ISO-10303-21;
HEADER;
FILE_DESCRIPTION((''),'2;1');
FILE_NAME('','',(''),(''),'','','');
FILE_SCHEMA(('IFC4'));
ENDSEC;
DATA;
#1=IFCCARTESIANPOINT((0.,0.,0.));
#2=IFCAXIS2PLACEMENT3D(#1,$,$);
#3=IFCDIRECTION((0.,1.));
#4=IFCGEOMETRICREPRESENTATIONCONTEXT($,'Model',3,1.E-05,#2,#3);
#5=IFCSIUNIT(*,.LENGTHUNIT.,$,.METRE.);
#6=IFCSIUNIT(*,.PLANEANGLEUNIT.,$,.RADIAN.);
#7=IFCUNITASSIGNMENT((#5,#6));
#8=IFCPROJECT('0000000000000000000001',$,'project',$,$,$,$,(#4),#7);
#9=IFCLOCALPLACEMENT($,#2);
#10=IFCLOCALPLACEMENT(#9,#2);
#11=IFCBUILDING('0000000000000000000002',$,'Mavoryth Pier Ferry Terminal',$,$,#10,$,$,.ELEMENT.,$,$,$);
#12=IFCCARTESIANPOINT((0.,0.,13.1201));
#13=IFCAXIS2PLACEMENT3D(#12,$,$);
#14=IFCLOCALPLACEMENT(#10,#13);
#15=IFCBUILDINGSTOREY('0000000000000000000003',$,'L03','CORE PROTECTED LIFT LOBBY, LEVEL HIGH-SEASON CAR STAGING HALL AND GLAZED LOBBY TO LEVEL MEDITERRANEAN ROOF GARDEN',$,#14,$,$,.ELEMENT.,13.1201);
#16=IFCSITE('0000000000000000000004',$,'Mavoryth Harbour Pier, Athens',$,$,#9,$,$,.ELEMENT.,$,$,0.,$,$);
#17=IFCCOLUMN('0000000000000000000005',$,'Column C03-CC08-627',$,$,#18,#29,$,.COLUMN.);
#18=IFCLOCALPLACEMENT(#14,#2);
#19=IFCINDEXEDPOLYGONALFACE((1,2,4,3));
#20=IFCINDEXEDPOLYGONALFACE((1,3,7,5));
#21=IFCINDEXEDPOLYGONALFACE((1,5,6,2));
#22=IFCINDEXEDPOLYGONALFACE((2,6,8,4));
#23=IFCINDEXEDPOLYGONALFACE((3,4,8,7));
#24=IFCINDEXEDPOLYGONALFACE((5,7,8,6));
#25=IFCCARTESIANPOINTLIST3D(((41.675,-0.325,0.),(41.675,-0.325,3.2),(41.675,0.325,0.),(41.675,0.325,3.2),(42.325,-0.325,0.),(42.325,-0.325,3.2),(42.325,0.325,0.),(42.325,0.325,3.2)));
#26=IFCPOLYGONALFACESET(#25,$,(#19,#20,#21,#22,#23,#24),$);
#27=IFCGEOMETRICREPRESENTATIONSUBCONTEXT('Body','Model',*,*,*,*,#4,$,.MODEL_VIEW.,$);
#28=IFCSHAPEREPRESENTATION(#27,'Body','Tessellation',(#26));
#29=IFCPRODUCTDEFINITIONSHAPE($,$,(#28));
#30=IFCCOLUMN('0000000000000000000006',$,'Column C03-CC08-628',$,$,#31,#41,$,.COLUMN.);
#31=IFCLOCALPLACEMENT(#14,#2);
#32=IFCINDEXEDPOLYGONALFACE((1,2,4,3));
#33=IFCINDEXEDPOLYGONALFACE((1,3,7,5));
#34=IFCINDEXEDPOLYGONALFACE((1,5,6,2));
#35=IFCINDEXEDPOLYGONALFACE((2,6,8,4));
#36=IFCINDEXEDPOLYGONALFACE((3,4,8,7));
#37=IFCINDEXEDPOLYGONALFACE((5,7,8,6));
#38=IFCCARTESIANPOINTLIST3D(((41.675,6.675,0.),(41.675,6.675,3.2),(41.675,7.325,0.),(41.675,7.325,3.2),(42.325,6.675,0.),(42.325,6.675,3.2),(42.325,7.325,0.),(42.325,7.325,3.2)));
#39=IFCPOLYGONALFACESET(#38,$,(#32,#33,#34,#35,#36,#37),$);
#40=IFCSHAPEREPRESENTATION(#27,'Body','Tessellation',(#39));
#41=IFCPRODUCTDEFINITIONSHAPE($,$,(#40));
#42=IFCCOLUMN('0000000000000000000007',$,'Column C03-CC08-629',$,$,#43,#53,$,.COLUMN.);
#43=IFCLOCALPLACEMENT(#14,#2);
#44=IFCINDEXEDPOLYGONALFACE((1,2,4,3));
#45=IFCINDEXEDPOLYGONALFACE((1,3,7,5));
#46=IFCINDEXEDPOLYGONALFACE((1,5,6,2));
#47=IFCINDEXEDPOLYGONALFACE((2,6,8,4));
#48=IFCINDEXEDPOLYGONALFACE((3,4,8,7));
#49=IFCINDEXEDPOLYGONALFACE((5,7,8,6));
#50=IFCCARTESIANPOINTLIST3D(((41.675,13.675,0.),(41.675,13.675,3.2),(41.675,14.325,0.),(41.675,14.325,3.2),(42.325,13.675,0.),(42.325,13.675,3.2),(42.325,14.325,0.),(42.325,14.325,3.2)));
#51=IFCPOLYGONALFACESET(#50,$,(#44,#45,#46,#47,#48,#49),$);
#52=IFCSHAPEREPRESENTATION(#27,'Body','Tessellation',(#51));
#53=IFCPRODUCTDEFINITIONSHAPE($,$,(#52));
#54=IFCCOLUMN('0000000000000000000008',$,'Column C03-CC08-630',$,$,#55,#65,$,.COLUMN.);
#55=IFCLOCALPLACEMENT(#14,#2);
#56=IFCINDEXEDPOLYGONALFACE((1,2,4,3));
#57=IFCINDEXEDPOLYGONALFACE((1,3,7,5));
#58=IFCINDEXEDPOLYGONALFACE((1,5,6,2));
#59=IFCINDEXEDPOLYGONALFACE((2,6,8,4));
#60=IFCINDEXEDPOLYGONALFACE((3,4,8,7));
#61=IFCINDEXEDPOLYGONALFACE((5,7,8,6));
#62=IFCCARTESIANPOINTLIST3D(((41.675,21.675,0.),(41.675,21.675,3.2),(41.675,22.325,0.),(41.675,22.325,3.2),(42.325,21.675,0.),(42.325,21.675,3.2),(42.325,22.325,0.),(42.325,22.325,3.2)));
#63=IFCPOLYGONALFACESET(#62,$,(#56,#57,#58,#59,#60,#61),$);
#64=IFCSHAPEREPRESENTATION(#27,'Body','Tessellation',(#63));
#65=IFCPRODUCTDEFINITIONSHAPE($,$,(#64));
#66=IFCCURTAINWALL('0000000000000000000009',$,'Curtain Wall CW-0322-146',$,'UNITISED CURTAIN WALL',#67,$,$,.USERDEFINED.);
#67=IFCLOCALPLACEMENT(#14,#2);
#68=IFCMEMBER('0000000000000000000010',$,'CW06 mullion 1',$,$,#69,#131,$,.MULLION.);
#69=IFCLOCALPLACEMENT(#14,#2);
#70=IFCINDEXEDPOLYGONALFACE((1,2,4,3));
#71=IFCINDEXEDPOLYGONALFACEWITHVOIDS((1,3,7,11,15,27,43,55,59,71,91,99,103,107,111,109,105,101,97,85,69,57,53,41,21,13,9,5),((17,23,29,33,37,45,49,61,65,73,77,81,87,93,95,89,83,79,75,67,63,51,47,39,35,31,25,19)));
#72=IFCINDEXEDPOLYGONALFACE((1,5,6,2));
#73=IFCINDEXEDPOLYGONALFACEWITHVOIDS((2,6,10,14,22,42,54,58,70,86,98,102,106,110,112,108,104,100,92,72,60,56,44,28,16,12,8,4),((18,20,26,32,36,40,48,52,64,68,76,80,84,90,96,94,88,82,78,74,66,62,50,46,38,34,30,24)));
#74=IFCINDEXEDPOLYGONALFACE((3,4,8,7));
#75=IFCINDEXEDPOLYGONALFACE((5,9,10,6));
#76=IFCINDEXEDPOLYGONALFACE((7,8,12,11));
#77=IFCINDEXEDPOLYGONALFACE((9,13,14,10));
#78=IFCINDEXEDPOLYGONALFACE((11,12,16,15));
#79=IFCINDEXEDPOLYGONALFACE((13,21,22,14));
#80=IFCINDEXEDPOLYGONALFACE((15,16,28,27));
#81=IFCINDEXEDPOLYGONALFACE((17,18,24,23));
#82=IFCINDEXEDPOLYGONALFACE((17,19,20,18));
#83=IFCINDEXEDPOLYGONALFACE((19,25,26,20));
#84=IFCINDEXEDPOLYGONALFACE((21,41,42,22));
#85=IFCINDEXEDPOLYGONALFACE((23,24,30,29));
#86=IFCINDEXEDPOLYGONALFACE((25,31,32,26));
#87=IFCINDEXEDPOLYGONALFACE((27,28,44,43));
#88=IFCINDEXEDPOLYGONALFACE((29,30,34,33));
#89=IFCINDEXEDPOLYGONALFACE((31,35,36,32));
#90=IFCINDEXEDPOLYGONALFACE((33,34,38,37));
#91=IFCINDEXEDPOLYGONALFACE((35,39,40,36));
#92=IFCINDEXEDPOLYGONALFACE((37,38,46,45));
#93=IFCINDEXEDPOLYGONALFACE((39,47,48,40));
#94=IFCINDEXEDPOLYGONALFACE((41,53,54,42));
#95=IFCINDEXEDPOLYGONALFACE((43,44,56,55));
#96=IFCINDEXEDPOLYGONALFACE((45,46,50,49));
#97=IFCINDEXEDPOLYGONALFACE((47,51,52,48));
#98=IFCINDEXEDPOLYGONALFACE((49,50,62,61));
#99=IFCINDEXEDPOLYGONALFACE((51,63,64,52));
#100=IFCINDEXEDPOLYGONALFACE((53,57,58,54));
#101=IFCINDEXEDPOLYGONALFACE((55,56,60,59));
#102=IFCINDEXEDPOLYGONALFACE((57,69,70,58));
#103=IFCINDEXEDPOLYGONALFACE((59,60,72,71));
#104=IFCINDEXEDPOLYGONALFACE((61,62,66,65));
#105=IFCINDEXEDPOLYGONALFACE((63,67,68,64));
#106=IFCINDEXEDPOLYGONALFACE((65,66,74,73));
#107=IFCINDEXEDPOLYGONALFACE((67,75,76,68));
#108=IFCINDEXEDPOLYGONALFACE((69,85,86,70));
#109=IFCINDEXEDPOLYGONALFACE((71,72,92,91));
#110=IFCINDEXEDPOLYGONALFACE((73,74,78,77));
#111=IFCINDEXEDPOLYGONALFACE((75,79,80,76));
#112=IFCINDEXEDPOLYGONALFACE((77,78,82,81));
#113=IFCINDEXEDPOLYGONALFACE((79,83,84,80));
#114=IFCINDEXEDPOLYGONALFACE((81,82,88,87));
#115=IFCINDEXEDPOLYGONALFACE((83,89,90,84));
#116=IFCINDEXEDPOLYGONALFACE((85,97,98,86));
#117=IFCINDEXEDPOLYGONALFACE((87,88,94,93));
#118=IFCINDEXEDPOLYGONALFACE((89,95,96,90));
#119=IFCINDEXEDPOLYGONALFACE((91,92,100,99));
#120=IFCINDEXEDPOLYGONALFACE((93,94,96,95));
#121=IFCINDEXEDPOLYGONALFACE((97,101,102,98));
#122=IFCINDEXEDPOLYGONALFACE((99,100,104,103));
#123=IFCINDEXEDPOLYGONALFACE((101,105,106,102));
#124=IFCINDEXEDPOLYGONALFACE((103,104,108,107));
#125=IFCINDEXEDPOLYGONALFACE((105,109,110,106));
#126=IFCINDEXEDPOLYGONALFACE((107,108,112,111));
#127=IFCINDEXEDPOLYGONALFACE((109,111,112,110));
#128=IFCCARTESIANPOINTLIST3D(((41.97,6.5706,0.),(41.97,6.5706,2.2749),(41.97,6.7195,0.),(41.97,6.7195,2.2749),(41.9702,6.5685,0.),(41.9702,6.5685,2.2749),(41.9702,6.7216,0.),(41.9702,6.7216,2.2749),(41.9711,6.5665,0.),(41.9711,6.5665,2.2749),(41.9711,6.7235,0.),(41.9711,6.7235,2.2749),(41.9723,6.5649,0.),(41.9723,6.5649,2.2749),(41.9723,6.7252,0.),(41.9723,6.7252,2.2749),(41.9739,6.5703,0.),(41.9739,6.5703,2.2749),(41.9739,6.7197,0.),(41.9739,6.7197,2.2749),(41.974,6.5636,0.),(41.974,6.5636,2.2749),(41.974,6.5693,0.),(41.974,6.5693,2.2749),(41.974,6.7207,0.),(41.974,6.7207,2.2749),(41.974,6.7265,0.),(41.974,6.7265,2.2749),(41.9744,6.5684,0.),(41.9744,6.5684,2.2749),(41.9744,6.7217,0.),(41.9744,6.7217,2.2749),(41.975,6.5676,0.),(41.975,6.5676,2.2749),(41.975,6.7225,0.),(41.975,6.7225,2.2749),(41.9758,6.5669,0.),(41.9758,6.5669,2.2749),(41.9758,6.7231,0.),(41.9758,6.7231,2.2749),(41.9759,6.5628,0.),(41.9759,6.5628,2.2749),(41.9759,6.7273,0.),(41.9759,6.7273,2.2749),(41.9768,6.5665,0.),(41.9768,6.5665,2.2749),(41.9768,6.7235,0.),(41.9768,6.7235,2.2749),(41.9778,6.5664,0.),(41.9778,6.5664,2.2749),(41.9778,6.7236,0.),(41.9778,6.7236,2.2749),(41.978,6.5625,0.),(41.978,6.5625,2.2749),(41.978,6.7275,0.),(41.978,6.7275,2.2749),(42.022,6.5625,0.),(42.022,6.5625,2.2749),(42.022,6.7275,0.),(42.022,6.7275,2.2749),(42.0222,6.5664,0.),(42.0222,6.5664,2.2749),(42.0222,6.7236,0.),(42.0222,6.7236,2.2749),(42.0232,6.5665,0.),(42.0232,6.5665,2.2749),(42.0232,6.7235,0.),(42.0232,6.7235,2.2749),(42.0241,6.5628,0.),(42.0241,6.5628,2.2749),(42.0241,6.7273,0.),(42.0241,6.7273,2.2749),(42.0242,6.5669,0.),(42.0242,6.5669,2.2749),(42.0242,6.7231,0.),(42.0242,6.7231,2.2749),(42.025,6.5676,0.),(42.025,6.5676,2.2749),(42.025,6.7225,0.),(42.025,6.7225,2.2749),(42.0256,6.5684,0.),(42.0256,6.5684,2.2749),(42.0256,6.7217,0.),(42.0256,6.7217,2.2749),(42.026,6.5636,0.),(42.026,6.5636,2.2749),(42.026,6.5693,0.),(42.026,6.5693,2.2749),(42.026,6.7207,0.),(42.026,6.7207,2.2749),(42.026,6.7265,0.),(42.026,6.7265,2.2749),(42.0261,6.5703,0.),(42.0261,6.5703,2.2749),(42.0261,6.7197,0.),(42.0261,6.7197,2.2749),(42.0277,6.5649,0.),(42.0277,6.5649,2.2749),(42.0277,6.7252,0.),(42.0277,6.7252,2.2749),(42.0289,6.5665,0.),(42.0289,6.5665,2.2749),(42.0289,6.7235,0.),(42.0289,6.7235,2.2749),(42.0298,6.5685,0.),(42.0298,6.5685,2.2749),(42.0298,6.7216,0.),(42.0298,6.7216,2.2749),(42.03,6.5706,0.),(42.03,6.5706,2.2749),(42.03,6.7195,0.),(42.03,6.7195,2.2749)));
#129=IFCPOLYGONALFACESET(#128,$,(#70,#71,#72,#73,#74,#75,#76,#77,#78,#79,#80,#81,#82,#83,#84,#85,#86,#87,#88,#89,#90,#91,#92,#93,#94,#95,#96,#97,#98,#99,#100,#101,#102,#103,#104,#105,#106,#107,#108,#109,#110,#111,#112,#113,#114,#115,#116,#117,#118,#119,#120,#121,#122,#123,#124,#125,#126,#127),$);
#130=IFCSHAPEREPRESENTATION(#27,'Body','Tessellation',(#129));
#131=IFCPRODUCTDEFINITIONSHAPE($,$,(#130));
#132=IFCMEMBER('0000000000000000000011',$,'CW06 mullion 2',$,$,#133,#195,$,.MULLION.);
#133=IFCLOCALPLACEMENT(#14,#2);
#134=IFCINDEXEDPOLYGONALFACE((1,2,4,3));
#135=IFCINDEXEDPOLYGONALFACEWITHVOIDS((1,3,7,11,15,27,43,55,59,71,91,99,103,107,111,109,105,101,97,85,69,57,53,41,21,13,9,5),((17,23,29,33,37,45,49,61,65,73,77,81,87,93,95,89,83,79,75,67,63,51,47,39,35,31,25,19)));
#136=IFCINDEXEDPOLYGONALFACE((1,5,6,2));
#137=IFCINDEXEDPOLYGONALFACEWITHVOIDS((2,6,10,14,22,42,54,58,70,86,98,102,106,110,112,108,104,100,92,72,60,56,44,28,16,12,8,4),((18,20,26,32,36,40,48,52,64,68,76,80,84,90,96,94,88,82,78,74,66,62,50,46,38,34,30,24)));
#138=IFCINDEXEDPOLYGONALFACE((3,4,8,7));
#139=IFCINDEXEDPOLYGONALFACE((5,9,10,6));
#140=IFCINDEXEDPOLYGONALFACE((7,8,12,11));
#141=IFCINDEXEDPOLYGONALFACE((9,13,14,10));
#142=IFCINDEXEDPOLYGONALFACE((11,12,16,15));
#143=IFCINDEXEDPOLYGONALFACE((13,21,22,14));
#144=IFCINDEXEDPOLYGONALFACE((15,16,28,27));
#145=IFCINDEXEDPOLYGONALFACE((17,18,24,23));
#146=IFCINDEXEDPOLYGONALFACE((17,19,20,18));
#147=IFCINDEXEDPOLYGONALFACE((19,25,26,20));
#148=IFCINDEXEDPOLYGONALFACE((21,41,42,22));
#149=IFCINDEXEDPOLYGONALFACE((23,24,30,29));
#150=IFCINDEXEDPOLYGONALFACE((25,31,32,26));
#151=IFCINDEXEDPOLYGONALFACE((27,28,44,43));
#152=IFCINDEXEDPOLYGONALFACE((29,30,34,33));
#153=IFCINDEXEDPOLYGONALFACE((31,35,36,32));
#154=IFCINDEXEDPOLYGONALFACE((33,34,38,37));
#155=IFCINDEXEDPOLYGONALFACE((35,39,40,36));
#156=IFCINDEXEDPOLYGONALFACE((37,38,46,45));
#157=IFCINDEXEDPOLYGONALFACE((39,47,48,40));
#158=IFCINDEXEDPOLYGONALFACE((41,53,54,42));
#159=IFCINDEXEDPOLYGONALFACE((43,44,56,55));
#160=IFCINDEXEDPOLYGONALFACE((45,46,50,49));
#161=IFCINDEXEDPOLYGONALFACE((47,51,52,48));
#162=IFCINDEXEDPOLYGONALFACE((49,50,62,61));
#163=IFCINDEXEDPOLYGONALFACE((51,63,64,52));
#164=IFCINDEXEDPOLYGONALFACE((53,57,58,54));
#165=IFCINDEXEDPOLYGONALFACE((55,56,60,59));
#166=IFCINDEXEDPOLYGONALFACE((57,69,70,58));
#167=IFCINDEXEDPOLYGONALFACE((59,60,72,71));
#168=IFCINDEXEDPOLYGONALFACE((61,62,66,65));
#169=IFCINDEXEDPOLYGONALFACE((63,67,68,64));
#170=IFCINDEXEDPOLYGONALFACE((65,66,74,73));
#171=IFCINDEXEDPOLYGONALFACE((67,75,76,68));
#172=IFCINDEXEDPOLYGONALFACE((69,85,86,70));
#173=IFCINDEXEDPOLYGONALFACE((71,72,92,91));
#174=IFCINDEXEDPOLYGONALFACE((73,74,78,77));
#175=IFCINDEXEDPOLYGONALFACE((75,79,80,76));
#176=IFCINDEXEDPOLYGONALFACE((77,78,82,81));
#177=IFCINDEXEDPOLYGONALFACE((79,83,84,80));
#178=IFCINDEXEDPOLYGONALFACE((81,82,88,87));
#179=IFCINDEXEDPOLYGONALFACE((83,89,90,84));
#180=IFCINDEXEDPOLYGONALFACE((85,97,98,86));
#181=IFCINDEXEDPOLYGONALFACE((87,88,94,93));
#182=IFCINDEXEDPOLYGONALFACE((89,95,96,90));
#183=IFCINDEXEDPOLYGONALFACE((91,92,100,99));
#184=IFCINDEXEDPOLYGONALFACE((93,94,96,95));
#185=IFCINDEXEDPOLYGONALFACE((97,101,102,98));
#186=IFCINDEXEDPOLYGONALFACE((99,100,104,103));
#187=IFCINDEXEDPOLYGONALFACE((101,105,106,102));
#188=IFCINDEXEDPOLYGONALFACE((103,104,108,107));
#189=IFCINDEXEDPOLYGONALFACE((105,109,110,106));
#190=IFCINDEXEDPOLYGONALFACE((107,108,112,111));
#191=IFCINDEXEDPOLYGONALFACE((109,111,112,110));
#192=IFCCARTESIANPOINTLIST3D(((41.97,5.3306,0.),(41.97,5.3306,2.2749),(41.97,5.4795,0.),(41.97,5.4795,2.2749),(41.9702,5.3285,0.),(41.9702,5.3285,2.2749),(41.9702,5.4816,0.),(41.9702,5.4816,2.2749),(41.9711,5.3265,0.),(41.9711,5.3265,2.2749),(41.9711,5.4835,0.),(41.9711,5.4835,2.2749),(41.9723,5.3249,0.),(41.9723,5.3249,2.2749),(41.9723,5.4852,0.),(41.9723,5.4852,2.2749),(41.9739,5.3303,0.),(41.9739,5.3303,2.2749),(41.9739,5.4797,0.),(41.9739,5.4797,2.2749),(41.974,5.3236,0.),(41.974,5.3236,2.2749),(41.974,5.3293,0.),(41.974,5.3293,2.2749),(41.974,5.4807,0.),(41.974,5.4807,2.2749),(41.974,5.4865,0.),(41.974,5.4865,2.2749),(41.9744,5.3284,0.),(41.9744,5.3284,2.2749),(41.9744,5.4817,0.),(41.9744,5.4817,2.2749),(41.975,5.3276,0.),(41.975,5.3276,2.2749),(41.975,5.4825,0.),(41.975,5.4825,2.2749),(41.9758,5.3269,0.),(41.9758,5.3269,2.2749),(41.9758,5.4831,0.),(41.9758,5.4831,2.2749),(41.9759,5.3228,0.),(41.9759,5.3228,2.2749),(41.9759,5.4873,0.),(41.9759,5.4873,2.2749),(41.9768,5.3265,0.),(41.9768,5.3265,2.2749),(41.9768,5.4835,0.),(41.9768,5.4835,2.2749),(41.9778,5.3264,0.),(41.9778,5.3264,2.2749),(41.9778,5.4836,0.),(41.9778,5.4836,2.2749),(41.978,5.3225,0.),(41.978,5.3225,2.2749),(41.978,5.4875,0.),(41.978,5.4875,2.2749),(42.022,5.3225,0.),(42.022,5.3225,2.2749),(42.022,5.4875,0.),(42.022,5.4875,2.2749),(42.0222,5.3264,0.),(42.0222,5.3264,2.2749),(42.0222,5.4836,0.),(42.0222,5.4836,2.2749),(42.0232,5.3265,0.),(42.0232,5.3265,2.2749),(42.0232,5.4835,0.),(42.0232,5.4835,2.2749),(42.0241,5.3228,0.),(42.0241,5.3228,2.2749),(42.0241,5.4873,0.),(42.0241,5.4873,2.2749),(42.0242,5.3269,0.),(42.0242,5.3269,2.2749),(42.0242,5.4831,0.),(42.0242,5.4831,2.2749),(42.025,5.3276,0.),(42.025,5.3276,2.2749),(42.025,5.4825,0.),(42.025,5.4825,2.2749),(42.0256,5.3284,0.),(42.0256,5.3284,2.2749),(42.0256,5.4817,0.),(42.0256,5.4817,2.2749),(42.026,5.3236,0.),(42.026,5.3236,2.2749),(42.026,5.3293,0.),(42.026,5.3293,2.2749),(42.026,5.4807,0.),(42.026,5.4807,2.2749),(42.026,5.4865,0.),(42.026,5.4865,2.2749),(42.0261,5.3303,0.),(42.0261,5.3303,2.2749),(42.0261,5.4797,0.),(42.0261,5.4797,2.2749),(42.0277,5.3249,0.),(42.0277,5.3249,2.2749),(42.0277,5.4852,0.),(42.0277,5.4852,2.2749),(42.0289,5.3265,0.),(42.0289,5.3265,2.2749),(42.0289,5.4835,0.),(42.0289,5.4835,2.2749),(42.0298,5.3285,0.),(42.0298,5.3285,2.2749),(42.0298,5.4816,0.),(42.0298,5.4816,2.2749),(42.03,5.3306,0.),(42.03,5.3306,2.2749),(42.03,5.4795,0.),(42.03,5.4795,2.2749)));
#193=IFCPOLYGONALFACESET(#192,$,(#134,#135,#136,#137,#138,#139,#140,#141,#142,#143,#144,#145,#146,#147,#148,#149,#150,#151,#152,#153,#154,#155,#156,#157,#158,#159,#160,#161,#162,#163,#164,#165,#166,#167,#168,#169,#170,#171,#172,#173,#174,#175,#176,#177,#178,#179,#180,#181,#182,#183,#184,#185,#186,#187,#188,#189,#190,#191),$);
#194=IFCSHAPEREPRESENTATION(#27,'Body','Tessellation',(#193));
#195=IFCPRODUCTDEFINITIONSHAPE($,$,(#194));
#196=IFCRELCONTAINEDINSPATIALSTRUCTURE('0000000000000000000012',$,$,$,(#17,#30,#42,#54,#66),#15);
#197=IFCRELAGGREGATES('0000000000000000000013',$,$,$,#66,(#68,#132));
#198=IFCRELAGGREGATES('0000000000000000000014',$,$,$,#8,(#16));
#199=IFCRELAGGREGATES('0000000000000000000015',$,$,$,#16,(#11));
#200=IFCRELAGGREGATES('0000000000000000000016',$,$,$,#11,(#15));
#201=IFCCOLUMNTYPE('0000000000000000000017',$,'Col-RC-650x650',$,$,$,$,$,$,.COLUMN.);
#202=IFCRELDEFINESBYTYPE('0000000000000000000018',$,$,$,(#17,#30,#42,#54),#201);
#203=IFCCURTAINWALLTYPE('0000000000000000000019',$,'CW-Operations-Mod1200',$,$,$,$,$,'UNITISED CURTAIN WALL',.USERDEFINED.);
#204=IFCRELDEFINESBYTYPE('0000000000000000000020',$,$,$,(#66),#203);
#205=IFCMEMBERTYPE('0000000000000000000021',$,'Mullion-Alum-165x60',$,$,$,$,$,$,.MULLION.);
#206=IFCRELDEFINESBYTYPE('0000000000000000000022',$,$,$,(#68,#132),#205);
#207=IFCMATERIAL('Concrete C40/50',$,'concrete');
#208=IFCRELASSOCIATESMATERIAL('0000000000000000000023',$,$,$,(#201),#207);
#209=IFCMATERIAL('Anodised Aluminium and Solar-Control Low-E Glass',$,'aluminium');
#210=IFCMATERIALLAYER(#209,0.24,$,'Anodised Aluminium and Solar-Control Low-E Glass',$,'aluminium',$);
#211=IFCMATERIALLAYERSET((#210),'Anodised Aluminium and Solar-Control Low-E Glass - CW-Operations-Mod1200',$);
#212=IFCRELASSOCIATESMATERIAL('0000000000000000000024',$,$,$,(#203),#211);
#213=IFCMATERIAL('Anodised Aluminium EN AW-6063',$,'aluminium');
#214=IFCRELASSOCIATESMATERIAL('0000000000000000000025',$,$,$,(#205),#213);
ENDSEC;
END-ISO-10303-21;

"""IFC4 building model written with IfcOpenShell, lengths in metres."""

from ifc_helpers import new_model, si_unit, direction, frame, origin, origin_2d, place, context, subcontext, project, spatial, rectangle, hollow_rectangle, extrude, material, layer, layer_set, material_profile, profile_set, type_object, element, aggregate, save


model = new_model("IFC4")

# Units and contexts
model_context = context("Model", 3, precision=1e-05, world=origin(), true_north=direction((0.0, 1.0)))
body_context = subcontext(model_context, "Body", "Model", "MODEL_VIEW")
ifc_project = project(units=[si_unit("LENGTHUNIT", "METRE"), si_unit("PLANEANGLEUNIT", "RADIAN")], contexts=[model_context])

# Site, building, storey
site_placement = place(None, origin())
site = spatial("IfcSite", under=ifc_project, at=site_placement, Name="Mavoryth Harbour Pier, Athens", CompositionType="ELEMENT", RefElevation=0.0)
building_placement = place(site_placement, origin())
building = spatial("IfcBuilding", under=site, at=building_placement, Name="Mavoryth Pier Ferry Terminal", CompositionType="ELEMENT")
storey_placement = place(building_placement, frame((0.0, 0.0, 13.1201)))
storey = spatial("IfcBuildingStorey", under=building, at=storey_placement, Name="L03", Description="CORE PROTECTED LIFT LOBBY, LEVEL HIGH-SEASON CAR STAGING HALL AND GLAZED LOBBY TO LEVEL MEDITERRANEAN ROOF GARDEN", CompositionType="ELEMENT", Elevation=13.1201)

# Columns
ifc_material_1 = material(Name="Concrete C40/50", Category="concrete")
ifc_material_profile_1 = material_profile(ifc_material_1, rectangle(XDim=0.6499, YDim=0.6499, at=origin_2d()), Name="RC 650x650", Category="concrete")
ifc_profile_set_1 = profile_set([ifc_material_profile_1], Name="Concrete C40/50 - RC 650x650")
column_type = type_object("IfcColumnType", Name="Col-RC-650x650", PredefinedType="COLUMN", material=ifc_profile_set_1)
for number, where, z_axis, x_axis, name in (
    (1, (42.0, 0.0, 0.0), (0.0, 0.0, 1.0), (1.0, 0.0, 0.0), "Column C03-CC08-627"),
    (2, (42.0, 7.0, 0.0), (0.0, 0.0, 1.0), (1.0, 0.0, 0.0), "Column C03-CC08-628"),
    (3, (42.0, 14.0, 0.0), (0.0, 0.0, 1.0), (1.0, 0.0, 0.0), "Column C03-CC08-629"),
    (4, (42.0, 22.0, 0.0), (0.0, 0.0, 1.0), (1.0, 0.0, 0.0), "Column C03-CC08-630"),
):
    element("IfcColumn", number, at=place(storey_placement, frame(where, z_axis=z_axis, x_axis=x_axis)), inside=storey, type_object=column_type, Name=name, PredefinedType="COLUMN", context=body_context, shape_type="SweptSolid", body=[
        extrude(rectangle(XDim=0.6499, YDim=0.6499, at=origin_2d()), origin(), (0.0, 0.0, 1.0), 3.2),
    ])

# Curtain wall, members
ifc_material_2 = material(Name="Anodised Aluminium and Solar-Control Low-E Glass", Category="aluminium")
ifc_layer_1 = layer(ifc_material_2, 0.24, Name="Anodised Aluminium and Solar-Control Low-E Glass", Category="aluminium")
ifc_layer_set_1 = layer_set([ifc_layer_1], Name="Anodised Aluminium and Solar-Control Low-E Glass - CW-Operations-Mod1200")
curtain_wall_type = type_object("IfcCurtainWallType", Name="CW-Operations-Mod1200", ElementType="UNITISED CURTAIN WALL", PredefinedType="USERDEFINED", material=ifc_layer_set_1)
curtain_wall_placement = place(storey_placement, origin())
curtain_wall = element("IfcCurtainWall", 5, at=curtain_wall_placement, inside=storey, type_object=curtain_wall_type, Name="Curtain Wall CW-0322-146", ObjectType="UNITISED CURTAIN WALL", PredefinedType="USERDEFINED")
ifc_material_3 = material(Name="Anodised Aluminium EN AW-6063", Category="aluminium")
ifc_material_profile_2 = material_profile(ifc_material_3, hollow_rectangle(XDim=0.0601, YDim=0.165, WallThickness=0.0039, InnerFilletRadius=0.0039, OuterFilletRadius=0.0081, at=origin_2d()), Name="AL-MULL 165x60x4", Category="aluminium")
ifc_profile_set_2 = profile_set([ifc_material_profile_2], Name="Anodised Aluminium EN AW-6063 - AL-MULL 165x60x4")
member_type = type_object("IfcMemberType", Name="Mullion-Alum-165x60", PredefinedType="MULLION", material=ifc_profile_set_2)
member_1_placement = place(storey_placement, frame((42.0, 6.645, 0.0), z_axis=(0.0, 0.0, 1.0), x_axis=(1.0, 0.0, 0.0)))
member_1 = element("IfcMember", 6, at=member_1_placement, type_object=member_type, Name="CW06 mullion 1", PredefinedType="MULLION", context=body_context, shape_type="SweptSolid", body=[
    extrude(hollow_rectangle(XDim=0.0601, YDim=0.165, WallThickness=0.0039, InnerFilletRadius=0.0039, OuterFilletRadius=0.0081, at=origin_2d()), origin(), (0.0, 0.0, 1.0), 2.2749),
])
member_2_placement = place(storey_placement, frame((42.0, 5.405, 0.0), z_axis=(0.0, 0.0, 1.0), x_axis=(1.0, 0.0, 0.0)))
member_2 = element("IfcMember", 7, at=member_2_placement, type_object=member_type, Name="CW06 mullion 2", PredefinedType="MULLION", context=body_context, shape_type="SweptSolid", body=[
    extrude(hollow_rectangle(XDim=0.0601, YDim=0.165, WallThickness=0.0039, InnerFilletRadius=0.0039, OuterFilletRadius=0.0081, at=origin_2d()), origin(), (0.0, 0.0, 1.0), 2.2749),
])
aggregate(curtain_wall, [member_1, member_2])

save(model, "model.ifc")
